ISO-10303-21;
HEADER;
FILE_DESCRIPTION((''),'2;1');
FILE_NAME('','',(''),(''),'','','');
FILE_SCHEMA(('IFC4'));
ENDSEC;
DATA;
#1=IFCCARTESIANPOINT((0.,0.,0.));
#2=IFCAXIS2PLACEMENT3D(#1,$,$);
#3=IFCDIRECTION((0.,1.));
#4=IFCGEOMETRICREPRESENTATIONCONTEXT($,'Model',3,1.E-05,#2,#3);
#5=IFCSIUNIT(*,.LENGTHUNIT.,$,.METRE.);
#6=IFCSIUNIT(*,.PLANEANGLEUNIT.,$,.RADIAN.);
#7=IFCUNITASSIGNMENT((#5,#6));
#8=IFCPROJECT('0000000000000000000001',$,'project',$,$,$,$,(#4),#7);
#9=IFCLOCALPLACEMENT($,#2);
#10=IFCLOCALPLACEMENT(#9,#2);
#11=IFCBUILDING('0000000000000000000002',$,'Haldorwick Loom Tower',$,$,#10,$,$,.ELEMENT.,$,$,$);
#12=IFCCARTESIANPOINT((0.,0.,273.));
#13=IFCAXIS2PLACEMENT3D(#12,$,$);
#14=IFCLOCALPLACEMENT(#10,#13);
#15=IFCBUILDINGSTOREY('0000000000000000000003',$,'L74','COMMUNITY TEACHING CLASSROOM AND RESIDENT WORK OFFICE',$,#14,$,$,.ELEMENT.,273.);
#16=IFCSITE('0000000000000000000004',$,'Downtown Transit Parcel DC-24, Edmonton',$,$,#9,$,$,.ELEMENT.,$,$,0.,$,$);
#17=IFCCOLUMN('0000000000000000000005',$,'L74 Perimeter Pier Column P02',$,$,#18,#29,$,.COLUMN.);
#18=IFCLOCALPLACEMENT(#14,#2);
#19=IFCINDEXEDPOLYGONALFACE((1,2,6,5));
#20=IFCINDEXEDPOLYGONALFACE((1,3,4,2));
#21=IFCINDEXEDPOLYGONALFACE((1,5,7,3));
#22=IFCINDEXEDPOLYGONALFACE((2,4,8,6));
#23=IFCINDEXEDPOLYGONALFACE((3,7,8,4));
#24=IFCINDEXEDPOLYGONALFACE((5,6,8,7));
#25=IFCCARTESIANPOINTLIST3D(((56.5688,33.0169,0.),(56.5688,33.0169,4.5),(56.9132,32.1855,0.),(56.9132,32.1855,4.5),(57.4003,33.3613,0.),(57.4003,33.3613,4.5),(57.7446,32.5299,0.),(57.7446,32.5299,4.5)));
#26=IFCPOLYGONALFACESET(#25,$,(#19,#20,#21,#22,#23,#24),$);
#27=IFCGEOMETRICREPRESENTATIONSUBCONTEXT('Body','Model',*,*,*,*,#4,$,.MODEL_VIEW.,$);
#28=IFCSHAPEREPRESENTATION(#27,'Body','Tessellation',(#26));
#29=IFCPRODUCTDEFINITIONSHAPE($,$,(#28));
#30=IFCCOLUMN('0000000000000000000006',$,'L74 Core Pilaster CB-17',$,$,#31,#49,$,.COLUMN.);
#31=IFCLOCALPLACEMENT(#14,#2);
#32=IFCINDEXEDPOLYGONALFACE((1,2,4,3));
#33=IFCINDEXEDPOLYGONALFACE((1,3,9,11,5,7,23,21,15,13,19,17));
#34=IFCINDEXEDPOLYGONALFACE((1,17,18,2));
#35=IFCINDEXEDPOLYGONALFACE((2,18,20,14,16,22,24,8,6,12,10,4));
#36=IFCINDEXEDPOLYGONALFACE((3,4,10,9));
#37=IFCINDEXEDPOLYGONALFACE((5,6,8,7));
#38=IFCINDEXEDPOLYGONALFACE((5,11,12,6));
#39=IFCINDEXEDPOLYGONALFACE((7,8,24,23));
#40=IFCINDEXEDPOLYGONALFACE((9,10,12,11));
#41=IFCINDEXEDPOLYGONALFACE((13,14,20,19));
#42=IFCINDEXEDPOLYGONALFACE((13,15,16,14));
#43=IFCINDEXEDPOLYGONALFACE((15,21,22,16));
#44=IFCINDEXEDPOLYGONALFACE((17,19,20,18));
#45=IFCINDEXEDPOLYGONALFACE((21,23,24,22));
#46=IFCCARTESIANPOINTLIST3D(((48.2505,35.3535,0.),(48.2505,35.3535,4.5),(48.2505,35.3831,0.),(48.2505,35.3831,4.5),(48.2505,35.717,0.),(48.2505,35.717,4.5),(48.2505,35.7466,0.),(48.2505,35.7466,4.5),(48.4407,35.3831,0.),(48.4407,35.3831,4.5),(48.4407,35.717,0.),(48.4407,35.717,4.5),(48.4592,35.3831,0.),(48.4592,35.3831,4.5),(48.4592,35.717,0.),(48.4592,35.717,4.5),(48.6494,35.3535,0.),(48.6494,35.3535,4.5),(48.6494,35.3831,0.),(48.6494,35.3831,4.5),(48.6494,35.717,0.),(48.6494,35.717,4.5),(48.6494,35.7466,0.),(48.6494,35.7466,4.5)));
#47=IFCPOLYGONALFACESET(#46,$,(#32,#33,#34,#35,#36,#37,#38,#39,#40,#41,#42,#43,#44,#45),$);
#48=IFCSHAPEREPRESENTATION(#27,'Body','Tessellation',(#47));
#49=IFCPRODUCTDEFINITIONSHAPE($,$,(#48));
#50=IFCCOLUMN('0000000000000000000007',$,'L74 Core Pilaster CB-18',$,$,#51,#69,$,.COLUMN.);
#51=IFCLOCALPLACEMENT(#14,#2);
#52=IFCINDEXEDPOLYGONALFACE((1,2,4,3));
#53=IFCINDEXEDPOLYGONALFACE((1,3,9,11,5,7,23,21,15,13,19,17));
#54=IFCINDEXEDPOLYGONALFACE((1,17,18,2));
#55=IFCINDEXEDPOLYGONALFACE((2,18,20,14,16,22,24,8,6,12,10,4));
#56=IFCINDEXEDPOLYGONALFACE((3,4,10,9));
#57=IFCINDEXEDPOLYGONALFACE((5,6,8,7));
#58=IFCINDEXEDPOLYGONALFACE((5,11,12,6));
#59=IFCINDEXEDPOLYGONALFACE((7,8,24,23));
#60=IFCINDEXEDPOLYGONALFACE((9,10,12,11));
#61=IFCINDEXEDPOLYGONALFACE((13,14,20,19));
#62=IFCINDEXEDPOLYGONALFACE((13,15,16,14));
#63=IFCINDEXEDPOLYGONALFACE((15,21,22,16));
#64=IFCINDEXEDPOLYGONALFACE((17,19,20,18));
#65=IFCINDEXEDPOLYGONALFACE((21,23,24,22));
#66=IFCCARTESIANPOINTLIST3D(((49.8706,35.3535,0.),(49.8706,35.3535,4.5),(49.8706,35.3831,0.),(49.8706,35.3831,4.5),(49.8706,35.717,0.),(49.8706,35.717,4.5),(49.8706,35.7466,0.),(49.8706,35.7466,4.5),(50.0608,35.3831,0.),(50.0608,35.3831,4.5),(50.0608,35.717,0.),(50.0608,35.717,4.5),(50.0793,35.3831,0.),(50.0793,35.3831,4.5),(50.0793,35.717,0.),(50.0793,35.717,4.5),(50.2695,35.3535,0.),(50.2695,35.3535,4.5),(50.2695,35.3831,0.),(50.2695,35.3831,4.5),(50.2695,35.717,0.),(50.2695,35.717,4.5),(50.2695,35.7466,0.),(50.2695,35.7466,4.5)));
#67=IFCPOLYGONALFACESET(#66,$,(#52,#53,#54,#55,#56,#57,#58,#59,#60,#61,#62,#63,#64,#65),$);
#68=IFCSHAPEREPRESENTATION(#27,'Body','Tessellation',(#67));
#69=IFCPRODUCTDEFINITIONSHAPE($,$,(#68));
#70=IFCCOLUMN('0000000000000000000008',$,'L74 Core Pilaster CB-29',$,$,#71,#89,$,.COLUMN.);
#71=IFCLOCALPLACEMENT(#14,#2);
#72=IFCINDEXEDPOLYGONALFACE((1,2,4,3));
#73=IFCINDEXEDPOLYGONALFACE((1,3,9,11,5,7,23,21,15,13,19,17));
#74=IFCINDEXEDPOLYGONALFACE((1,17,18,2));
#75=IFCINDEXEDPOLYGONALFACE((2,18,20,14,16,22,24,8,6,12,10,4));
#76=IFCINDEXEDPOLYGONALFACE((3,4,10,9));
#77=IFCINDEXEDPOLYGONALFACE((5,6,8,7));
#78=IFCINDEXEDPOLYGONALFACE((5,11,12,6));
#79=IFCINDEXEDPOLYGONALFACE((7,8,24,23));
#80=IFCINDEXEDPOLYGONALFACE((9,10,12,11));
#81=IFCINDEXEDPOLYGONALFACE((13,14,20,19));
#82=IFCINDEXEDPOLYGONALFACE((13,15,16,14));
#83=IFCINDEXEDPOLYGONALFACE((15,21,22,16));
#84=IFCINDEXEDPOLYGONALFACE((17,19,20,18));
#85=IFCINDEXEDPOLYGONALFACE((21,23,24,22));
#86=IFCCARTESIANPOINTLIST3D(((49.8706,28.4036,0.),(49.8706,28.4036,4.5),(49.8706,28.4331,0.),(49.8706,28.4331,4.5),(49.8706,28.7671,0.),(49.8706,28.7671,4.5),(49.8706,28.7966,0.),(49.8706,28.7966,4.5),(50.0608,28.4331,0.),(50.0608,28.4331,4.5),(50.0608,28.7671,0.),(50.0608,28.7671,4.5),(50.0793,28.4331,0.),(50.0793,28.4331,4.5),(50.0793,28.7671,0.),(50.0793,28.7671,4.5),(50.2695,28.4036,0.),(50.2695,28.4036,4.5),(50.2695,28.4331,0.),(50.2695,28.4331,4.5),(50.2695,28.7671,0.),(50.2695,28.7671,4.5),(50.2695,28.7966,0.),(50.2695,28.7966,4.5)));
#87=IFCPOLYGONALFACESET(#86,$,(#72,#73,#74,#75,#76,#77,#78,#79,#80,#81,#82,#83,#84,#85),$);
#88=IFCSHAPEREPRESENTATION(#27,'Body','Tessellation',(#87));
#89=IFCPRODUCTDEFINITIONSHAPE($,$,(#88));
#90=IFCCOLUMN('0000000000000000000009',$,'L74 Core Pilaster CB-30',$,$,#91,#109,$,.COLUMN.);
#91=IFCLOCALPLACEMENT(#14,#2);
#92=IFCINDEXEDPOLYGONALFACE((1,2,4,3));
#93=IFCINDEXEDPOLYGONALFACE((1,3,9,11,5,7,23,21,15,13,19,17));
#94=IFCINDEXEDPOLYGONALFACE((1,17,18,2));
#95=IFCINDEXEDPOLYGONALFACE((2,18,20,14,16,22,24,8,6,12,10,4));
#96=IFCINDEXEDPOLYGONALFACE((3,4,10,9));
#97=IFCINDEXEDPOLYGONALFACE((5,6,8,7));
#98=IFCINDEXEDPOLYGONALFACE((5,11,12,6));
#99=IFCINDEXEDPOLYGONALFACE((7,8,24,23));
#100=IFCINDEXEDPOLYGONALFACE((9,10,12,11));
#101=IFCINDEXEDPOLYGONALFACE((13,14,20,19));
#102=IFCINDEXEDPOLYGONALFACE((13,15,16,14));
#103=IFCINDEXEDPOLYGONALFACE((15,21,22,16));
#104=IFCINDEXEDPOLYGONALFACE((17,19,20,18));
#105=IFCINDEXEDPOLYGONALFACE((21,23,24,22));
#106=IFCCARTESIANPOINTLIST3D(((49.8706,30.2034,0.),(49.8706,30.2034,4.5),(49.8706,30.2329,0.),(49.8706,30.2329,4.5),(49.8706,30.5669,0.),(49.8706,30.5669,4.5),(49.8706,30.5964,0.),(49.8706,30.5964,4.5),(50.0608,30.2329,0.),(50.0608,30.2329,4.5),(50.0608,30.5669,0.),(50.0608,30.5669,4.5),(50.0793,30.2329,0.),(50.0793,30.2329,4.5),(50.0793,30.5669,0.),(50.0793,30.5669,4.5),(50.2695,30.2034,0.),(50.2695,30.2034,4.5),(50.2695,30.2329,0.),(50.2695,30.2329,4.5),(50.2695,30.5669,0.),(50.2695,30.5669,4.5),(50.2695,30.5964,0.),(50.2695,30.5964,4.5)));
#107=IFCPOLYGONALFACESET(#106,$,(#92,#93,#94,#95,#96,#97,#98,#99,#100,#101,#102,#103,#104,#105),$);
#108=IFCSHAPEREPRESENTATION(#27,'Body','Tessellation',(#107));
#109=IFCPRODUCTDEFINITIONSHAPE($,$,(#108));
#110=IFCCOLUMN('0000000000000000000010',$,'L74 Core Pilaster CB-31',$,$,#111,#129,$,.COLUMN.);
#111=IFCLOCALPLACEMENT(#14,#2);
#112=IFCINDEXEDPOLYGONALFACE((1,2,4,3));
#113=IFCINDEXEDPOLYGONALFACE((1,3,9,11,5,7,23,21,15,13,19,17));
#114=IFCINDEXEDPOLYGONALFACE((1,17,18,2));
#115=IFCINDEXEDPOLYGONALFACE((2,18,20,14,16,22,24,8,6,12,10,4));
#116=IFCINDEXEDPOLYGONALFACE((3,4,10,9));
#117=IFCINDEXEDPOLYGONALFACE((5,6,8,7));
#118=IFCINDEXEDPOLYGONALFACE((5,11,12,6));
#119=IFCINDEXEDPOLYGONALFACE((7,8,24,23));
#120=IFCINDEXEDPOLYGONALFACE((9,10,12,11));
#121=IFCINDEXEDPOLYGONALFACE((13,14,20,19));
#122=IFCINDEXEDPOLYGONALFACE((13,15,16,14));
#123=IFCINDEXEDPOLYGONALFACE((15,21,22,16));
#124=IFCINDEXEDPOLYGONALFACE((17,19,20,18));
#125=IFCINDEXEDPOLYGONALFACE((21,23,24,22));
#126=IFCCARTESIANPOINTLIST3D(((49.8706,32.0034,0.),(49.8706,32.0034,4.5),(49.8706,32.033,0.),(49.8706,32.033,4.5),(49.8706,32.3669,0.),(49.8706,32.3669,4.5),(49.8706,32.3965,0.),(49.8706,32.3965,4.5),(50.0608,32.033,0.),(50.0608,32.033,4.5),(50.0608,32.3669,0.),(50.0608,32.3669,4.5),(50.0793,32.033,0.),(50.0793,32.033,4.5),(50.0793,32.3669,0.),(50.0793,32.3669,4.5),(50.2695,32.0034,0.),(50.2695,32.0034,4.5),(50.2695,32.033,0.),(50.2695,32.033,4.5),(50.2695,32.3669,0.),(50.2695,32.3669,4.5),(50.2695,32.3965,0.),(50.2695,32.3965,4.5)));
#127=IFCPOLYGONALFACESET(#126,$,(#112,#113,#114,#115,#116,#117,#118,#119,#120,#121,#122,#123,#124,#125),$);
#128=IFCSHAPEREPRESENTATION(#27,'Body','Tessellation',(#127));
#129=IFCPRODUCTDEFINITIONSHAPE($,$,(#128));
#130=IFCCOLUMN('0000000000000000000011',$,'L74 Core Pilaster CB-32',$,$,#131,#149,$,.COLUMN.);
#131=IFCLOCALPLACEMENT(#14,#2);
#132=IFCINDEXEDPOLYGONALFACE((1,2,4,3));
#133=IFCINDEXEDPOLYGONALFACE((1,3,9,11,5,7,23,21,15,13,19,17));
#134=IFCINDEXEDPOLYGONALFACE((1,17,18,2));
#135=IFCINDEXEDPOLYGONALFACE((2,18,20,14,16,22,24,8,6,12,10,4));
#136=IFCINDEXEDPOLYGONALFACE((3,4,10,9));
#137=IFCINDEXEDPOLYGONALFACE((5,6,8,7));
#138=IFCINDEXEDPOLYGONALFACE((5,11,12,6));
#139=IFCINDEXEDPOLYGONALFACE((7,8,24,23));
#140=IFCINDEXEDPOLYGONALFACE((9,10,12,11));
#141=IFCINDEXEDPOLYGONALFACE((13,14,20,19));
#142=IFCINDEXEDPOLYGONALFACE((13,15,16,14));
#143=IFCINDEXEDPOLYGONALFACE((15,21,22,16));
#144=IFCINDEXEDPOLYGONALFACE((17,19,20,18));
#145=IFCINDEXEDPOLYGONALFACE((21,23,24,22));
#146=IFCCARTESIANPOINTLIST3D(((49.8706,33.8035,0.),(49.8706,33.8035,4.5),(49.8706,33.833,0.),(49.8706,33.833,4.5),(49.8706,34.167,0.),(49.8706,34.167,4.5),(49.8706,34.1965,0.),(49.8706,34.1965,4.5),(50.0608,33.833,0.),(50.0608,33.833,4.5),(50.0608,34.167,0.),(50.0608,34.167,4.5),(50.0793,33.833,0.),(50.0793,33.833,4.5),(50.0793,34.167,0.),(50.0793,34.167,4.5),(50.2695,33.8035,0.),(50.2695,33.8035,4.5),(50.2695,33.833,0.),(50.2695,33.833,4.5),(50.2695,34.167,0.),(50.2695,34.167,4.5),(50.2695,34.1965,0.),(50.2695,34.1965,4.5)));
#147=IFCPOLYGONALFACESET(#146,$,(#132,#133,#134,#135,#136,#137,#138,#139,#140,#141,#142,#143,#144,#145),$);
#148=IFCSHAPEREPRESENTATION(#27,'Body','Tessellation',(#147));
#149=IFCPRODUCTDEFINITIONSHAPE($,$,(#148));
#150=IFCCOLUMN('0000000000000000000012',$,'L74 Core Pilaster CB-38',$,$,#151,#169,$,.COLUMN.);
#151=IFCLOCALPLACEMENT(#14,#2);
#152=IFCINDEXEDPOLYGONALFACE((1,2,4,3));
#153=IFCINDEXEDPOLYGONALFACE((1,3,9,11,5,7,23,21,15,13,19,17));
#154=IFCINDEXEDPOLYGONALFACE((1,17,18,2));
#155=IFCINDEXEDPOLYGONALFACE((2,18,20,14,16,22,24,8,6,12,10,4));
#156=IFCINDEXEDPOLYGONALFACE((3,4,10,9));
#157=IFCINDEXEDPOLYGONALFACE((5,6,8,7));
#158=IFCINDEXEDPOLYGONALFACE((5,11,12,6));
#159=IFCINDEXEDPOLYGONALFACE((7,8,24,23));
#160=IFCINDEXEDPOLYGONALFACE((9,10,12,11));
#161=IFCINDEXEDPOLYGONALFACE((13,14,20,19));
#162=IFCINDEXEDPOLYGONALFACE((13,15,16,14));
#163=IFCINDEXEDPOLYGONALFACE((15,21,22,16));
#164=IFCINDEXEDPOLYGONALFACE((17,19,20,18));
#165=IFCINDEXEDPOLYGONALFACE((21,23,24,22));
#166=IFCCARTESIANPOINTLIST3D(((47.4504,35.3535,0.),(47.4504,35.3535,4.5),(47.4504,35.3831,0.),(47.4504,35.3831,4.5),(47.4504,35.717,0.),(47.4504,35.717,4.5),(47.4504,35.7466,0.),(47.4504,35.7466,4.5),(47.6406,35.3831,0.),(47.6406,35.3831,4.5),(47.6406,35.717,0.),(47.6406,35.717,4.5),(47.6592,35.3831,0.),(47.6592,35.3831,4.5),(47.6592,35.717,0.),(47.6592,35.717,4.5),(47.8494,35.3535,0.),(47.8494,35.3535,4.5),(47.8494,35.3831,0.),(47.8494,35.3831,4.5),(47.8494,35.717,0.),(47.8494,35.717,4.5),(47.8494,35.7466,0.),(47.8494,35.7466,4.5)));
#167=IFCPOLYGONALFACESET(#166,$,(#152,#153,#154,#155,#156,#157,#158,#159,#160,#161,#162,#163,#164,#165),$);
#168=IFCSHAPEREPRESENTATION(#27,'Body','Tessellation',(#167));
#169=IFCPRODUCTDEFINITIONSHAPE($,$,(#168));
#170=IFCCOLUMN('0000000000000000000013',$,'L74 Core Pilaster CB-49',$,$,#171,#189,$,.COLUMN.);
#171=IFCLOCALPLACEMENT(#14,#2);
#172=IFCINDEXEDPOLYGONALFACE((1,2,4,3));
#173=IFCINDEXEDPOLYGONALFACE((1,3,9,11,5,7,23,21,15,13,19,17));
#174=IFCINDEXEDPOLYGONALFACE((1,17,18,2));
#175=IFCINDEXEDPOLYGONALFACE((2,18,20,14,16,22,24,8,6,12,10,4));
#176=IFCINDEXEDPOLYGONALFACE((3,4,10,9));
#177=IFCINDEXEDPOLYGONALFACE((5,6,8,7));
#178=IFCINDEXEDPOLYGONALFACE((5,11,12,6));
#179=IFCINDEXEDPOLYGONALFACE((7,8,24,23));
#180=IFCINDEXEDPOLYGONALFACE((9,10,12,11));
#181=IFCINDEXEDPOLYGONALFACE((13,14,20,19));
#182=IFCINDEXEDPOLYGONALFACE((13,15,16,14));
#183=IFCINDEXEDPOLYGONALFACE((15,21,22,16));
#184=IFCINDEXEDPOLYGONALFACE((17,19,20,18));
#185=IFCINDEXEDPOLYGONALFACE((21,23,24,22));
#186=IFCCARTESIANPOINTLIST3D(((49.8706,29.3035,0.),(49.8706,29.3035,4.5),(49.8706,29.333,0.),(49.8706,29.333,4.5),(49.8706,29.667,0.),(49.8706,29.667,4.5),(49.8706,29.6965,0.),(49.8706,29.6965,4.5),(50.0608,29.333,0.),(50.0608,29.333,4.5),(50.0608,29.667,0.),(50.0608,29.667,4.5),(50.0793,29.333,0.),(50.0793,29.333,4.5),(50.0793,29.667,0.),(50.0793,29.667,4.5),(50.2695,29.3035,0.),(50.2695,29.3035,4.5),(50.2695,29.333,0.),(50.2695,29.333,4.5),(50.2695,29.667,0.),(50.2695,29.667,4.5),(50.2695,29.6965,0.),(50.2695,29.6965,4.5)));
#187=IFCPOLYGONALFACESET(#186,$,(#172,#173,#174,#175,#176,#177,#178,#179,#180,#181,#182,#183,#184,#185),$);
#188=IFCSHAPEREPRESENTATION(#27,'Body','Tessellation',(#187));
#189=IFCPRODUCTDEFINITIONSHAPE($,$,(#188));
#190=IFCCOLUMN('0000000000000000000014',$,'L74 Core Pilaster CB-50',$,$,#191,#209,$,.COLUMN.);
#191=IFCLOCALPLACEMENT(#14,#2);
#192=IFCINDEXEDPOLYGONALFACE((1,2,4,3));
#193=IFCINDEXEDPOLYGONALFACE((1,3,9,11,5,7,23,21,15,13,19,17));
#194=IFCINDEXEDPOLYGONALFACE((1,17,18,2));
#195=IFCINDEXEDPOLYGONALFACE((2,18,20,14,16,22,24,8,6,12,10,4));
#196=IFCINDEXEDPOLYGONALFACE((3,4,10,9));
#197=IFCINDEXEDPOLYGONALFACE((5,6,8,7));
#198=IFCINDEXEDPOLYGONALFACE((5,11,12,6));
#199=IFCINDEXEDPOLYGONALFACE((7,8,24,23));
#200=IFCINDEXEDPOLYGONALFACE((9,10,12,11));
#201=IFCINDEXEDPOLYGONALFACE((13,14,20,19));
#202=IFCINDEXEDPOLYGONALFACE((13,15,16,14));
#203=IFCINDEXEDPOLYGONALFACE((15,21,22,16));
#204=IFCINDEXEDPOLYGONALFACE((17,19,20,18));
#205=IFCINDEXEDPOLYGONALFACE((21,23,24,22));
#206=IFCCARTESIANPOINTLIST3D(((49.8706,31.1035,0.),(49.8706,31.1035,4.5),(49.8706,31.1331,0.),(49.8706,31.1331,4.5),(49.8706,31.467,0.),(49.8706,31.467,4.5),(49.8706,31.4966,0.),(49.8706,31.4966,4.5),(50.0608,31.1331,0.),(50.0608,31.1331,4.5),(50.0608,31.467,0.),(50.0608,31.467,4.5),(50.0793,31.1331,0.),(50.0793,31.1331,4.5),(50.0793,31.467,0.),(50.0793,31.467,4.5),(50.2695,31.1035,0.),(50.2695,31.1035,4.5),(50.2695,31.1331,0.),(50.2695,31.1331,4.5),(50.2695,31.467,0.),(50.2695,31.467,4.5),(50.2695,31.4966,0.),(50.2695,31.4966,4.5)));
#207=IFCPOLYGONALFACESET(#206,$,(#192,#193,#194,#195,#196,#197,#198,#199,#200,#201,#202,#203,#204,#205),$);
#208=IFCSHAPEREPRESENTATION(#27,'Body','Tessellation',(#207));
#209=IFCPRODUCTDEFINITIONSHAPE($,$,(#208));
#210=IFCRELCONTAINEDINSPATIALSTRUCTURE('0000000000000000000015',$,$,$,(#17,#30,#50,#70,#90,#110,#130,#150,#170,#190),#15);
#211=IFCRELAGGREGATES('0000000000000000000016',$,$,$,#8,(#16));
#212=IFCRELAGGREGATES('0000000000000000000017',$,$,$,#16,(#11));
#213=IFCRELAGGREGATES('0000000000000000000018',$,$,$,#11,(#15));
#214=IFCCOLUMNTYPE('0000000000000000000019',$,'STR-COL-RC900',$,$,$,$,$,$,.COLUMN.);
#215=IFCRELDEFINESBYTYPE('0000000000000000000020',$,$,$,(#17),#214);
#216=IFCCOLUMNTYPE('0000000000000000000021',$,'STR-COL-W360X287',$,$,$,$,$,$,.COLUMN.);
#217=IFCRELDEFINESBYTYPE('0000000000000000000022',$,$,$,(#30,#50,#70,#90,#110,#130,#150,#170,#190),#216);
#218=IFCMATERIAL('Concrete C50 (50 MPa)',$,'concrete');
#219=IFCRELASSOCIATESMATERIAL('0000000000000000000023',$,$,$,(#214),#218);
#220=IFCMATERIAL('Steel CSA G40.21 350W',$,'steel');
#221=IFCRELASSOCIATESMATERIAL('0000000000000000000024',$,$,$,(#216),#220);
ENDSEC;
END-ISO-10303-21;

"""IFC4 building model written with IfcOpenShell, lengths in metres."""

from ifc_helpers import new_model, si_unit, direction, frame, origin, origin_2d, place, context, subcontext, project, spatial, rectangle, i_section, extrude, material, material_profile, profile_set, type_object, element, save


model = new_model("IFC4")

# Units and contexts
model_context = context("Model", 3, precision=1e-05, world=origin(), true_north=direction((0.0, 1.0)))
body_context = subcontext(model_context, "Body", "Model", "MODEL_VIEW")
ifc_project = project(units=[si_unit("LENGTHUNIT", "METRE"), si_unit("PLANEANGLEUNIT", "RADIAN")], contexts=[model_context])

# Site, building, storey
site_placement = place(None, origin())
site = spatial("IfcSite", under=ifc_project, at=site_placement, Name="Downtown Transit Parcel DC-24, Edmonton", CompositionType="ELEMENT", RefElevation=0.0)
building_placement = place(site_placement, origin())
building = spatial("IfcBuilding", under=site, at=building_placement, Name="Haldorwick Loom Tower", CompositionType="ELEMENT")
storey_placement = place(building_placement, frame((0.0, 0.0, 273.0)))
storey = spatial("IfcBuildingStorey", under=building, at=storey_placement, Name="L74", Description="COMMUNITY TEACHING CLASSROOM AND RESIDENT WORK OFFICE", CompositionType="ELEMENT", Elevation=273.0)

# Columns
ifc_material_1 = material(Name="Concrete C50 (50 MPa)", Category="concrete")
ifc_material_profile_1 = material_profile(ifc_material_1, rectangle(XDim=0.8999, YDim=0.8999, at=origin_2d()), Name="RC900X900", Category="concrete")
ifc_profile_set_1 = profile_set([ifc_material_profile_1], Name="Concrete C50 (50 MPa)")
column_type_1 = type_object("IfcColumnType", Name="STR-COL-RC900", PredefinedType="COLUMN", material=ifc_profile_set_1)
column_placement = place(storey_placement, frame((57.1567, 32.7734, 0.0), z_axis=(0.0, 0.0, 1.0), x_axis=(0.92388, 0.382683, 0.0)))
element("IfcColumn", 1, at=column_placement, inside=storey, type_object=column_type_1, Name="L74 Perimeter Pier Column P02", PredefinedType="COLUMN", context=body_context, shape_type="SweptSolid", body=[
    extrude(rectangle(XDim=0.8999, YDim=0.8999, at=origin_2d()), origin(), (0.0, 0.0, 1.0), 4.5),
])
ifc_material_2 = material(Name="Steel CSA G40.21 350W", Category="steel")
ifc_material_profile_2 = material_profile(ifc_material_2, i_section(OverallWidth=0.3989, OverallDepth=0.3931, WebThickness=0.0186, FlangeThickness=0.0295, at=origin_2d()), Name="W360X287", Category="steel")
ifc_profile_set_2 = profile_set([ifc_material_profile_2], Name="Steel CSA G40.21 350W")
column_type_2 = type_object("IfcColumnType", Name="STR-COL-W360X287", PredefinedType="COLUMN", material=ifc_profile_set_2)
for number, where, z_axis, x_axis, name in (
    (2, (48.45, 35.55, 0.0), (0.0, 0.0, 1.0), (1.0, 0.0, 0.0), "L74 Core Pilaster CB-17"),
    (3, (50.0701, 35.55, 0.0), (0.0, 0.0, 1.0), (1.0, 0.0, 0.0), "L74 Core Pilaster CB-18"),
    (4, (50.0701, 28.6001, 0.0), (0.0, 0.0, 1.0), (1.0, 0.0, 0.0), "L74 Core Pilaster CB-29"),
    (5, (50.0701, 30.3999, 0.0), (0.0, 0.0, 1.0), (1.0, 0.0, 0.0), "L74 Core Pilaster CB-30"),
    (6, (50.0701, 32.2, 0.0), (0.0, 0.0, 1.0), (1.0, 0.0, 0.0), "L74 Core Pilaster CB-31"),
    (7, (50.0701, 34.0, 0.0), (0.0, 0.0, 1.0), (1.0, 0.0, 0.0), "L74 Core Pilaster CB-32"),
    (8, (47.6499, 35.55, 0.0), (0.0, 0.0, 1.0), (1.0, 0.0, 0.0), "L74 Core Pilaster CB-38"),
    (9, (50.0701, 29.5, 0.0), (0.0, 0.0, 1.0), (1.0, 0.0, 0.0), "L74 Core Pilaster CB-49"),
    (10, (50.0701, 31.3, 0.0), (0.0, 0.0, 1.0), (1.0, 0.0, 0.0), "L74 Core Pilaster CB-50"),
):
    element("IfcColumn", number, at=place(storey_placement, frame(where, z_axis=z_axis, x_axis=x_axis)), inside=storey, type_object=column_type_2, Name=name, PredefinedType="COLUMN", context=body_context, shape_type="SweptSolid", body=[
        extrude(i_section(OverallWidth=0.3989, OverallDepth=0.3931, WebThickness=0.0186, FlangeThickness=0.0295, at=origin_2d()), origin(), (0.0, 0.0, 1.0), 4.5),
    ])

save(model, "model.ifc")
